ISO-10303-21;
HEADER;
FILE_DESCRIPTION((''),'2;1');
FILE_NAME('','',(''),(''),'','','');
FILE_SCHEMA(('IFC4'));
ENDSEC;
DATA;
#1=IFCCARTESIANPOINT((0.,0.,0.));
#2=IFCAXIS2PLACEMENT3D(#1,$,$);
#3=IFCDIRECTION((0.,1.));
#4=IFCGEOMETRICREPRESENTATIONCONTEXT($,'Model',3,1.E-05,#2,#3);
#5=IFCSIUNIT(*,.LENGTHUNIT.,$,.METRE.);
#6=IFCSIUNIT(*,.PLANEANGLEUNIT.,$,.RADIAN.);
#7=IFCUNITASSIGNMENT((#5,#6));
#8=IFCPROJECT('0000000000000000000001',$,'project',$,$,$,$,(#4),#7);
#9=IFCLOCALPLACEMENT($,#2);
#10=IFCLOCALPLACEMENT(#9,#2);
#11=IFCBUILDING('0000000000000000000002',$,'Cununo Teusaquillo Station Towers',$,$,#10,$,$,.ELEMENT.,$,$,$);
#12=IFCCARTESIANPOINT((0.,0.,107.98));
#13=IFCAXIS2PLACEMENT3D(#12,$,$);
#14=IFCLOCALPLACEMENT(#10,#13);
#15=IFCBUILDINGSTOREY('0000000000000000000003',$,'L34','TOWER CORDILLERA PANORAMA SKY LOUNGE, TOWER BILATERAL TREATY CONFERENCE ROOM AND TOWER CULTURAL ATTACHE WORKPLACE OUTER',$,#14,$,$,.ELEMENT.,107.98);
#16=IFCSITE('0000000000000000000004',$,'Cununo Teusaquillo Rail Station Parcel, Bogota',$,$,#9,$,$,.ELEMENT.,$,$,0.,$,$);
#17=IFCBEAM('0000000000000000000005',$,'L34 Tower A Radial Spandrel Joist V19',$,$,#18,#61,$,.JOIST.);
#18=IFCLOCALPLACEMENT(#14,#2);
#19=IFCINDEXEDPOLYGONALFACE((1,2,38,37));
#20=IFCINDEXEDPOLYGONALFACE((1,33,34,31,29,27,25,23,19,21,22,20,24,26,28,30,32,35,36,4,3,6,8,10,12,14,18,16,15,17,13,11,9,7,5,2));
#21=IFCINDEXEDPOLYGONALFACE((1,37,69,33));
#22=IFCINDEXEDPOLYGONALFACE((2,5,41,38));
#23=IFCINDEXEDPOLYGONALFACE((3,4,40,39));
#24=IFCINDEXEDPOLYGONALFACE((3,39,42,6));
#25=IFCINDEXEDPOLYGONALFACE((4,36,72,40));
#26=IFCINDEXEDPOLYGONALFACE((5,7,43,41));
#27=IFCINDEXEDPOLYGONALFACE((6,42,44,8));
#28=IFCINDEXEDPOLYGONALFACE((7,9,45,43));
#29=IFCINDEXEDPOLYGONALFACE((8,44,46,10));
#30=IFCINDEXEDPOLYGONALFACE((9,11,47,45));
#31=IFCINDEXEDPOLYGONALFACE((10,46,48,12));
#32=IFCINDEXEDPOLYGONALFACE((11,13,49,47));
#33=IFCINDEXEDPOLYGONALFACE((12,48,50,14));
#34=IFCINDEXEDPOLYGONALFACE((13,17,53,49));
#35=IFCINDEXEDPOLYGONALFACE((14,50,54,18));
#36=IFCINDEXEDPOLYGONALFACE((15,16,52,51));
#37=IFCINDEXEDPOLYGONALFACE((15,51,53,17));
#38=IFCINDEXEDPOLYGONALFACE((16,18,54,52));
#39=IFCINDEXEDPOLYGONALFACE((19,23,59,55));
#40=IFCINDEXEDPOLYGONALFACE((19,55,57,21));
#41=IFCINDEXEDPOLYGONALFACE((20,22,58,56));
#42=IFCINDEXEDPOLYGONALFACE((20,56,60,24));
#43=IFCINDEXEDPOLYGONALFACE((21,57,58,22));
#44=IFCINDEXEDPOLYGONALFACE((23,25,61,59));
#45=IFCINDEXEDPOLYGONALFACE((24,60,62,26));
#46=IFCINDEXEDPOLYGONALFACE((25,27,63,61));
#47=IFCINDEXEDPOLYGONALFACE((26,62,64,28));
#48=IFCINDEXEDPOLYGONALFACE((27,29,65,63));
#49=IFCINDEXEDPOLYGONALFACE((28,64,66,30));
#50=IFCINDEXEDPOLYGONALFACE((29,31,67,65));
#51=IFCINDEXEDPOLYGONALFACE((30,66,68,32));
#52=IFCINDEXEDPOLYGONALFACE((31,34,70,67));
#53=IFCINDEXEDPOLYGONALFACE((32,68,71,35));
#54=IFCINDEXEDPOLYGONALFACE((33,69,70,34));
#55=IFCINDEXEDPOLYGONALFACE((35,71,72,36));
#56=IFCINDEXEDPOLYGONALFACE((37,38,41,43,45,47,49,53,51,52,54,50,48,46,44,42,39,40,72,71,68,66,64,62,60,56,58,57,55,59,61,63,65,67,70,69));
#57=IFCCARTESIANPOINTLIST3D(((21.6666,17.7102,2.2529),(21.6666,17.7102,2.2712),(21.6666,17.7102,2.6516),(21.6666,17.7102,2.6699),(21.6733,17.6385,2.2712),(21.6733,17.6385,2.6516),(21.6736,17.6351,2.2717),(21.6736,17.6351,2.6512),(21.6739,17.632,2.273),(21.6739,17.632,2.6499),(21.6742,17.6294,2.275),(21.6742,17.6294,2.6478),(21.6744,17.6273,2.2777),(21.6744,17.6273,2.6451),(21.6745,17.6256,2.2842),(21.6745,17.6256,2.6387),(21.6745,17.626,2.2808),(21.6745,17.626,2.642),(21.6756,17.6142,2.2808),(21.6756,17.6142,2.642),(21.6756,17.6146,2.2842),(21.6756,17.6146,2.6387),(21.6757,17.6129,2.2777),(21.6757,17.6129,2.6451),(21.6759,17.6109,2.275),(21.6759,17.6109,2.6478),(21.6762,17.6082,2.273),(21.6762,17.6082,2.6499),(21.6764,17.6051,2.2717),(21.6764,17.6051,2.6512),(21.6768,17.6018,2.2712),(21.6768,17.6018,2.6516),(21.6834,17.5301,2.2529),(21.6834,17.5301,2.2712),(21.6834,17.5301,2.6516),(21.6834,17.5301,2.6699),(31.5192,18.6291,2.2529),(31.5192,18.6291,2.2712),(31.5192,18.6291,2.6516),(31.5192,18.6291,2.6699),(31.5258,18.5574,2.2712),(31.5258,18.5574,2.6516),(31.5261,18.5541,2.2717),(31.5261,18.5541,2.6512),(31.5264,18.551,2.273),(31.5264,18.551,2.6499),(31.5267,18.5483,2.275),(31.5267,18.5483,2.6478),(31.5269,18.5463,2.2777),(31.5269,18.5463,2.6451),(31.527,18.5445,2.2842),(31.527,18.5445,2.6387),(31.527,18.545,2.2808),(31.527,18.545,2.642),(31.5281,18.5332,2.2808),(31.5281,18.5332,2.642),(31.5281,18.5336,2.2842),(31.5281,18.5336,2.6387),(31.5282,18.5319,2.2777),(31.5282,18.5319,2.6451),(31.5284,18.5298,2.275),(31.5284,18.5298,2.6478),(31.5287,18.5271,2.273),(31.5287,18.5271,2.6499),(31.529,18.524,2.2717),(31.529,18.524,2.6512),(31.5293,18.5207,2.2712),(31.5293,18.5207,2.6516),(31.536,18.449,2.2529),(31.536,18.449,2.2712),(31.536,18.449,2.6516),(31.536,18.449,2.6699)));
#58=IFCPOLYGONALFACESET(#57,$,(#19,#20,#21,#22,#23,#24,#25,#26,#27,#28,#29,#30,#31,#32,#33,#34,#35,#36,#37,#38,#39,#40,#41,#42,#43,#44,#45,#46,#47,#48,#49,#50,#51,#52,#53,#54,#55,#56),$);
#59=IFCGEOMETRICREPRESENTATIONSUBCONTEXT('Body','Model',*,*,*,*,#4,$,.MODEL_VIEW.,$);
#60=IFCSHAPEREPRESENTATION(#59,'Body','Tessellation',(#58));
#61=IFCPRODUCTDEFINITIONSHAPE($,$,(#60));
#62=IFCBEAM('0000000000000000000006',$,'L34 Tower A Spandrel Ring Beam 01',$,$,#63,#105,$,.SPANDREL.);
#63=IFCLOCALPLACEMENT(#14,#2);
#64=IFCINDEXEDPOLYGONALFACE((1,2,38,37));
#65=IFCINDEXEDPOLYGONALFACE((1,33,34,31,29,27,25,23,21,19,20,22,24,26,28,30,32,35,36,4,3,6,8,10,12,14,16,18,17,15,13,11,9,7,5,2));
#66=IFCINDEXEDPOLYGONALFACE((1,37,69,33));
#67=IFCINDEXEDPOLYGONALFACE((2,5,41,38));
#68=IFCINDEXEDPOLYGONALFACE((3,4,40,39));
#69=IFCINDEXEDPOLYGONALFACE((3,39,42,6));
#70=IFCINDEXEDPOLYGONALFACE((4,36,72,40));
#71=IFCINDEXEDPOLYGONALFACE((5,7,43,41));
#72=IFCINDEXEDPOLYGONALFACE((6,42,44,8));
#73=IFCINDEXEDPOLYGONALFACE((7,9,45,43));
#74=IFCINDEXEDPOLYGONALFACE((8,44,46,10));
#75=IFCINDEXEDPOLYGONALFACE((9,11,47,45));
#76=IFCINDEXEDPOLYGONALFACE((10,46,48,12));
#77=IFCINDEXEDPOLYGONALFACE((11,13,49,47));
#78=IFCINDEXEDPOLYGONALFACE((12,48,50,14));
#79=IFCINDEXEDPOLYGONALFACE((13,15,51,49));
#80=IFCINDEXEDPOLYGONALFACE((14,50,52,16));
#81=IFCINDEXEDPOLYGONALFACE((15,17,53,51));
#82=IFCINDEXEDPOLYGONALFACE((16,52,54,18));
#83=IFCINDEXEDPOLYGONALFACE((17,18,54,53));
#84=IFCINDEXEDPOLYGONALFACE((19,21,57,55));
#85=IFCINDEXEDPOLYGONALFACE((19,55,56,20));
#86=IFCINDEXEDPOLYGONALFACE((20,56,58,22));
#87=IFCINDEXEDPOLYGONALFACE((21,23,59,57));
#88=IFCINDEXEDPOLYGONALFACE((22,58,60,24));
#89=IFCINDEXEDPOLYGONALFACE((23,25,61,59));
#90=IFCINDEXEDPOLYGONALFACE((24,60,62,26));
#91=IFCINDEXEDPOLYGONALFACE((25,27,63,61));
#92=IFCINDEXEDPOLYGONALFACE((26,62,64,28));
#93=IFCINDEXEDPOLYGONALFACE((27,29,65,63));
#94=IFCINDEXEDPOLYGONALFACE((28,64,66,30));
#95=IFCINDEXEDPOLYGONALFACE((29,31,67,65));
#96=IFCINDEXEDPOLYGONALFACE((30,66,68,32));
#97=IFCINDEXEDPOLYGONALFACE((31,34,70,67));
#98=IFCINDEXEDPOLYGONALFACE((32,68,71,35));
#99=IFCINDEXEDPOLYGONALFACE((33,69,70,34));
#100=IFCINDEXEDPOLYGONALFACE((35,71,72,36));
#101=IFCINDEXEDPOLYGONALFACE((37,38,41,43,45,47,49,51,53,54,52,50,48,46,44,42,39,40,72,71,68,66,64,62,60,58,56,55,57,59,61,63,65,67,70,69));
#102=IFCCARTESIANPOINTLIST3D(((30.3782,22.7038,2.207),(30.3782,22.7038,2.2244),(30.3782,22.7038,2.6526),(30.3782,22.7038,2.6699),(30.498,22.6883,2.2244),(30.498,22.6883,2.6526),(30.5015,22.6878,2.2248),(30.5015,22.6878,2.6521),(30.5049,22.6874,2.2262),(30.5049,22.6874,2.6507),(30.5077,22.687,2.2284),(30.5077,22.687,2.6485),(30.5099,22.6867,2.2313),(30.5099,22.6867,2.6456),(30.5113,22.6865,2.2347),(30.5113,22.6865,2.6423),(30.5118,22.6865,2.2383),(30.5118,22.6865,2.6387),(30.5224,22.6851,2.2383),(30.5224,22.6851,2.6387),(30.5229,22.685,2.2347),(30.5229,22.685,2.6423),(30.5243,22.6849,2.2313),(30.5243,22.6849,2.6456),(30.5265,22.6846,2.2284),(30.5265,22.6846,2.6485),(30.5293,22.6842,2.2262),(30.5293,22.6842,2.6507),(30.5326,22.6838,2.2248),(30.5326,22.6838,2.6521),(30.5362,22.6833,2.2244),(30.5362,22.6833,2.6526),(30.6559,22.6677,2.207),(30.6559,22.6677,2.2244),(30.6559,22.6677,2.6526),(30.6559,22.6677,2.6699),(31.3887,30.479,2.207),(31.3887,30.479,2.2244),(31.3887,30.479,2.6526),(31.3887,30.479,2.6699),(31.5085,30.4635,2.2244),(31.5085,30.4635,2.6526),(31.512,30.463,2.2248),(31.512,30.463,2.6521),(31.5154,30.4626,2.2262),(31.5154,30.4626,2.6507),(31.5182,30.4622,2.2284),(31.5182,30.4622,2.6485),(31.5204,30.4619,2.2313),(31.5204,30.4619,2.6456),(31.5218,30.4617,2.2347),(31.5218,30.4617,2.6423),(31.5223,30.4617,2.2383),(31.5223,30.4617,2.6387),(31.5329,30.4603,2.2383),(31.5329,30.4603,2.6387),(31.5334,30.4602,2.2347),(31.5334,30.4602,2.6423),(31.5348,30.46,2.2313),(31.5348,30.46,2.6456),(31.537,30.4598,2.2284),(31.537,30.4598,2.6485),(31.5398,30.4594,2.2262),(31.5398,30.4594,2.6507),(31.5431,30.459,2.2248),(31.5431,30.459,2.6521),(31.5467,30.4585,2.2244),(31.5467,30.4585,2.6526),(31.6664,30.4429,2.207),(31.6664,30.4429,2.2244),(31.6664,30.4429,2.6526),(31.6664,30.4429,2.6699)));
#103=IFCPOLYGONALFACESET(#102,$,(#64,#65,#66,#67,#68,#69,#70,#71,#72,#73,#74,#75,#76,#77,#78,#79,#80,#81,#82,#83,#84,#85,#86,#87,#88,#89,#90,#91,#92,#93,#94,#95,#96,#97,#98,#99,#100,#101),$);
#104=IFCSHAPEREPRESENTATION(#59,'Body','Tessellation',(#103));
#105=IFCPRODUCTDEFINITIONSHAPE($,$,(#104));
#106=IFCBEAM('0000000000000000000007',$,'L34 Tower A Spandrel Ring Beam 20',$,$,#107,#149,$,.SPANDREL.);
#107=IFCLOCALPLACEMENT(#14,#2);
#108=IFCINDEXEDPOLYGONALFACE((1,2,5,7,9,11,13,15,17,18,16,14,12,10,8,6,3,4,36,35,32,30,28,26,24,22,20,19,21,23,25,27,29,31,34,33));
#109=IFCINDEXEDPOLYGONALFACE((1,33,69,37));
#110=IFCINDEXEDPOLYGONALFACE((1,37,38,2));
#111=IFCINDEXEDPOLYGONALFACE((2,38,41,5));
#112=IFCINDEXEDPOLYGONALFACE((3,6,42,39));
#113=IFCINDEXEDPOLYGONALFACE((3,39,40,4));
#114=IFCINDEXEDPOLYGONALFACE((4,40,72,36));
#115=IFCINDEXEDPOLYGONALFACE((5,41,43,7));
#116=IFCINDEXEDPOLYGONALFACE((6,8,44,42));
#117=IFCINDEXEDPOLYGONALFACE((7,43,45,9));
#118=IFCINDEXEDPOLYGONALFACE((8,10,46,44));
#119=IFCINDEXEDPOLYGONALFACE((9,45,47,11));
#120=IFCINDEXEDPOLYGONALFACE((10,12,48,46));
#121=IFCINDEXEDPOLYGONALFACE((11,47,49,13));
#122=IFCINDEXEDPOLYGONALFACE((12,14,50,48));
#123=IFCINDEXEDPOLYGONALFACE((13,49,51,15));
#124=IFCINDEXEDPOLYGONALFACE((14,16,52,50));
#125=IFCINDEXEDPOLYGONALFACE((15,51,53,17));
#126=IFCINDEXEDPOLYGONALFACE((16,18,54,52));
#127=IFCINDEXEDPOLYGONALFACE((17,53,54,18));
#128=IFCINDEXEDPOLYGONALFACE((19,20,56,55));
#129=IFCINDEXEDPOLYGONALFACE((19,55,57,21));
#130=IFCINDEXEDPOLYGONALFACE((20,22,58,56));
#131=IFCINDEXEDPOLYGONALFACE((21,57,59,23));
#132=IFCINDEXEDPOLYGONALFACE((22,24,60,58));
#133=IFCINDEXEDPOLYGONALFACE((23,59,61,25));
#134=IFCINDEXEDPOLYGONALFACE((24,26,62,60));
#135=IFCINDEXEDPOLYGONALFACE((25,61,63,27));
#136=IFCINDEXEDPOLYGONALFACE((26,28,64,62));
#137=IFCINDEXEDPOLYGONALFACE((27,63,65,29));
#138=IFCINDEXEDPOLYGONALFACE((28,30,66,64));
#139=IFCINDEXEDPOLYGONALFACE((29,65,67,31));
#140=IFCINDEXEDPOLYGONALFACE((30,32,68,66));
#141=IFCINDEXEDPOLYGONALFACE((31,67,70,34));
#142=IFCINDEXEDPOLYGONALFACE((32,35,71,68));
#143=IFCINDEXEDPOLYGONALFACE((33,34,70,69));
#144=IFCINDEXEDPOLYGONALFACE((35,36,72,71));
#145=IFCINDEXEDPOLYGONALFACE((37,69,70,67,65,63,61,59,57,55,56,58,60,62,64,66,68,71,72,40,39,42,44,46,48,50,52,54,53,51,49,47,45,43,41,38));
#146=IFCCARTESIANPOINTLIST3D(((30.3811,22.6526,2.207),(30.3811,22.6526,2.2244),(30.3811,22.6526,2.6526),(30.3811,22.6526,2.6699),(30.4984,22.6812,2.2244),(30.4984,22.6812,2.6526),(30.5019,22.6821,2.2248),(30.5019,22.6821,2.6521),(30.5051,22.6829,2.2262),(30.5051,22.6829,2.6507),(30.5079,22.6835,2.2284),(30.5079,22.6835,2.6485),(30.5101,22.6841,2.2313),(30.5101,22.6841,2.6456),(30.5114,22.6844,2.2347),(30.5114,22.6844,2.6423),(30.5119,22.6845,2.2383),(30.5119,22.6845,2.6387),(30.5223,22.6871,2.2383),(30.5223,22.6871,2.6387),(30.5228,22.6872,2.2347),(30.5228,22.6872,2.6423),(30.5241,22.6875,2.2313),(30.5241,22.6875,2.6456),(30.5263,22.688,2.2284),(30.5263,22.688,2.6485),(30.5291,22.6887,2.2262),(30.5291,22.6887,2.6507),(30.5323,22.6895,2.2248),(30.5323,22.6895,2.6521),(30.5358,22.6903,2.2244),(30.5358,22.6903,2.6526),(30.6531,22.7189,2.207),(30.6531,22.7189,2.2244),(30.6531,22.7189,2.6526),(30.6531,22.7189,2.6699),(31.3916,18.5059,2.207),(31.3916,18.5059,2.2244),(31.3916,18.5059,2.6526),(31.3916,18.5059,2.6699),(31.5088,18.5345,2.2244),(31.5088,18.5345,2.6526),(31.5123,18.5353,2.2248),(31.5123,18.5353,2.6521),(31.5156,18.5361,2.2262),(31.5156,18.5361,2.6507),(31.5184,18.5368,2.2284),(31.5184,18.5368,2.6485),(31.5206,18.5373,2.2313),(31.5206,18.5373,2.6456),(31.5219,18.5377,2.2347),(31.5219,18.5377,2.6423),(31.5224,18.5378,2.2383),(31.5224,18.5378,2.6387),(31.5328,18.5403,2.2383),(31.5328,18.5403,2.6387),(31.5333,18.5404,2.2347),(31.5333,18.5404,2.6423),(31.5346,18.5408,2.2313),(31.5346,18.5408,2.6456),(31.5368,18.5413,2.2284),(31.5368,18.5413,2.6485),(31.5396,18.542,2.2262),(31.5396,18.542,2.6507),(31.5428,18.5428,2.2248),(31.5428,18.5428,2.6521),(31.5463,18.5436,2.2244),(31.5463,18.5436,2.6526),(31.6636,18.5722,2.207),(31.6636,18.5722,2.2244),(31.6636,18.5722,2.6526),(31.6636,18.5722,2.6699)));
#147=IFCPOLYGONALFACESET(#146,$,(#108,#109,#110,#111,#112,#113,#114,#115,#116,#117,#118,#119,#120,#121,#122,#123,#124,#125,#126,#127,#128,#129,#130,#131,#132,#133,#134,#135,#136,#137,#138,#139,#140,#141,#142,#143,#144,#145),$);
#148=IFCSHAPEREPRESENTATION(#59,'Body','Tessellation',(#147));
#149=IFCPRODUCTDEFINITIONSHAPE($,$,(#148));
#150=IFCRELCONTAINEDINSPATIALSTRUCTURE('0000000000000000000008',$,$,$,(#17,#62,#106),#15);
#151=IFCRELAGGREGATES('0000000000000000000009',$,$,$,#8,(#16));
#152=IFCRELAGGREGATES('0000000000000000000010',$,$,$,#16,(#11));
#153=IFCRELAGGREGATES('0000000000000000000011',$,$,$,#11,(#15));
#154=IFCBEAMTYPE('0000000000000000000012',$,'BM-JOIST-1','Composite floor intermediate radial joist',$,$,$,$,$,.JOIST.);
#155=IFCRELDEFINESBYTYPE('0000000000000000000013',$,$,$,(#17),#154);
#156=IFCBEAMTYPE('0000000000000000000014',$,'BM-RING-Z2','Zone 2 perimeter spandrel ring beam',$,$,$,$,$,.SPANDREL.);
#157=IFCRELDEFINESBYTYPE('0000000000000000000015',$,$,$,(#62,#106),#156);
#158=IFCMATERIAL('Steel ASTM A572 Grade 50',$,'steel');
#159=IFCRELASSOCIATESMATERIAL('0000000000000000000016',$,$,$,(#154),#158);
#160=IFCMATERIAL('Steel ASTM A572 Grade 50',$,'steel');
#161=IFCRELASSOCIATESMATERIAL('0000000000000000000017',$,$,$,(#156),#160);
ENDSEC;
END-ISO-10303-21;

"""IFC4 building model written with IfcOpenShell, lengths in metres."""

from ifc_helpers import new_model, si_unit, direction, frame, origin, origin_2d, place, context, subcontext, project, spatial, i_section, extrude, material, material_profile, profile_set, type_object, element, save


model = new_model("IFC4")

# Units and contexts
model_context = context("Model", 3, precision=1e-05, world=origin(), true_north=direction((0.0, 1.0)))
body_context = subcontext(model_context, "Body", "Model", "MODEL_VIEW")
ifc_project = project(units=[si_unit("LENGTHUNIT", "METRE"), si_unit("PLANEANGLEUNIT", "RADIAN")], contexts=[model_context])

# Site, building, storey
site_placement = place(None, origin())
site = spatial("IfcSite", under=ifc_project, at=site_placement, Name="Cununo Teusaquillo Rail Station Parcel, Bogota", CompositionType="ELEMENT", RefElevation=0.0)
building_placement = place(site_placement, origin())
building = spatial("IfcBuilding", under=site, at=building_placement, Name="Cununo Teusaquillo Station Towers", CompositionType="ELEMENT")
storey_placement = place(building_placement, frame((0.0, 0.0, 107.98)))
storey = spatial("IfcBuildingStorey", under=building, at=storey_placement, Name="L34", Description="TOWER CORDILLERA PANORAMA SKY LOUNGE, TOWER BILATERAL TREATY CONFERENCE ROOM AND TOWER CULTURAL ATTACHE WORKPLACE OUTER", CompositionType="ELEMENT", Elevation=107.98)

# Beams
ifc_material_1 = material(Name="Steel ASTM A572 Grade 50", Category="steel")
ifc_material_profile_1 = material_profile(ifc_material_1, i_section(OverallWidth=0.1809, OverallDepth=0.417, WebThickness=0.011, FlangeThickness=0.0183, FilletRadius=0.0129, at=origin_2d()), Name="W16X57")
ifc_profile_set_1 = profile_set([ifc_material_profile_1], Name="Steel ASTM A572 Grade 50")
beam_type_1 = type_object("IfcBeamType", Name="BM-JOIST-1", Description="Composite floor intermediate radial joist", PredefinedType="JOIST", material=ifc_profile_set_1)
beam_1_placement = place(storey_placement, frame((21.675, 17.6201, 2.4614), z_axis=(0.995679, 0.092867, 0.0), x_axis=(-0.092867, 0.995679, 0.0)))
element("IfcBeam", 1, at=beam_1_placement, inside=storey, type_object=beam_type_1, Name="L34 Tower A Radial Spandrel Joist V19", PredefinedType="JOIST", context=body_context, shape_type="SweptSolid", body=[
    extrude(i_section(OverallWidth=0.1809, OverallDepth=0.417, WebThickness=0.011, FlangeThickness=0.0183, FilletRadius=0.0129, at=origin_2d()), origin(), (0.0, 0.0, 1.0), 9.8953),
])
ifc_material_2 = material(Name="Steel ASTM A572 Grade 50", Category="steel")
ifc_material_profile_2 = material_profile(ifc_material_2, i_section(OverallWidth=0.28, OverallDepth=0.4629, WebThickness=0.0107, FlangeThickness=0.0173, FilletRadius=0.0139, at=origin_2d()), Name="W18X76")
ifc_profile_set_2 = profile_set([ifc_material_profile_2], Name="Steel ASTM A572 Grade 50")
beam_type_2 = type_object("IfcBeamType", Name="BM-RING-Z2", Description="Zone 2 perimeter spandrel ring beam", PredefinedType="SPANDREL", material=ifc_profile_set_2)
beam_2_placement = place(storey_placement, frame((30.5171, 22.6858, 2.4385), z_axis=(0.128881, 0.99166, 0.0), x_axis=(-0.99166, 0.128881, 0.0)))
element("IfcBeam", 2, at=beam_2_placement, inside=storey, type_object=beam_type_2, Name="L34 Tower A Spandrel Ring Beam 01", PredefinedType="SPANDREL", context=body_context, shape_type="SweptSolid", body=[
    extrude(i_section(OverallWidth=0.28, OverallDepth=0.4629, WebThickness=0.0107, FlangeThickness=0.0173, FilletRadius=0.0139, at=origin_2d()), origin(), (0.0, 0.0, 1.0), 7.8406),
])
beam_3_placement = place(storey_placement, frame((31.5276, 18.5391, 2.4385), z_axis=(-0.236757, 0.971569, 0.0), x_axis=(-0.971569, -0.236757, 0.0)))
element("IfcBeam", 3, at=beam_3_placement, inside=storey, type_object=beam_type_2, Name="L34 Tower A Spandrel Ring Beam 20", PredefinedType="SPANDREL", context=body_context, shape_type="SweptSolid", body=[
    extrude(i_section(OverallWidth=0.28, OverallDepth=0.4629, WebThickness=0.0107, FlangeThickness=0.0173, FilletRadius=0.0139, at=origin_2d()), origin(), (0.0, 0.0, 1.0), 4.2681),
])

save(model, "model.ifc")
